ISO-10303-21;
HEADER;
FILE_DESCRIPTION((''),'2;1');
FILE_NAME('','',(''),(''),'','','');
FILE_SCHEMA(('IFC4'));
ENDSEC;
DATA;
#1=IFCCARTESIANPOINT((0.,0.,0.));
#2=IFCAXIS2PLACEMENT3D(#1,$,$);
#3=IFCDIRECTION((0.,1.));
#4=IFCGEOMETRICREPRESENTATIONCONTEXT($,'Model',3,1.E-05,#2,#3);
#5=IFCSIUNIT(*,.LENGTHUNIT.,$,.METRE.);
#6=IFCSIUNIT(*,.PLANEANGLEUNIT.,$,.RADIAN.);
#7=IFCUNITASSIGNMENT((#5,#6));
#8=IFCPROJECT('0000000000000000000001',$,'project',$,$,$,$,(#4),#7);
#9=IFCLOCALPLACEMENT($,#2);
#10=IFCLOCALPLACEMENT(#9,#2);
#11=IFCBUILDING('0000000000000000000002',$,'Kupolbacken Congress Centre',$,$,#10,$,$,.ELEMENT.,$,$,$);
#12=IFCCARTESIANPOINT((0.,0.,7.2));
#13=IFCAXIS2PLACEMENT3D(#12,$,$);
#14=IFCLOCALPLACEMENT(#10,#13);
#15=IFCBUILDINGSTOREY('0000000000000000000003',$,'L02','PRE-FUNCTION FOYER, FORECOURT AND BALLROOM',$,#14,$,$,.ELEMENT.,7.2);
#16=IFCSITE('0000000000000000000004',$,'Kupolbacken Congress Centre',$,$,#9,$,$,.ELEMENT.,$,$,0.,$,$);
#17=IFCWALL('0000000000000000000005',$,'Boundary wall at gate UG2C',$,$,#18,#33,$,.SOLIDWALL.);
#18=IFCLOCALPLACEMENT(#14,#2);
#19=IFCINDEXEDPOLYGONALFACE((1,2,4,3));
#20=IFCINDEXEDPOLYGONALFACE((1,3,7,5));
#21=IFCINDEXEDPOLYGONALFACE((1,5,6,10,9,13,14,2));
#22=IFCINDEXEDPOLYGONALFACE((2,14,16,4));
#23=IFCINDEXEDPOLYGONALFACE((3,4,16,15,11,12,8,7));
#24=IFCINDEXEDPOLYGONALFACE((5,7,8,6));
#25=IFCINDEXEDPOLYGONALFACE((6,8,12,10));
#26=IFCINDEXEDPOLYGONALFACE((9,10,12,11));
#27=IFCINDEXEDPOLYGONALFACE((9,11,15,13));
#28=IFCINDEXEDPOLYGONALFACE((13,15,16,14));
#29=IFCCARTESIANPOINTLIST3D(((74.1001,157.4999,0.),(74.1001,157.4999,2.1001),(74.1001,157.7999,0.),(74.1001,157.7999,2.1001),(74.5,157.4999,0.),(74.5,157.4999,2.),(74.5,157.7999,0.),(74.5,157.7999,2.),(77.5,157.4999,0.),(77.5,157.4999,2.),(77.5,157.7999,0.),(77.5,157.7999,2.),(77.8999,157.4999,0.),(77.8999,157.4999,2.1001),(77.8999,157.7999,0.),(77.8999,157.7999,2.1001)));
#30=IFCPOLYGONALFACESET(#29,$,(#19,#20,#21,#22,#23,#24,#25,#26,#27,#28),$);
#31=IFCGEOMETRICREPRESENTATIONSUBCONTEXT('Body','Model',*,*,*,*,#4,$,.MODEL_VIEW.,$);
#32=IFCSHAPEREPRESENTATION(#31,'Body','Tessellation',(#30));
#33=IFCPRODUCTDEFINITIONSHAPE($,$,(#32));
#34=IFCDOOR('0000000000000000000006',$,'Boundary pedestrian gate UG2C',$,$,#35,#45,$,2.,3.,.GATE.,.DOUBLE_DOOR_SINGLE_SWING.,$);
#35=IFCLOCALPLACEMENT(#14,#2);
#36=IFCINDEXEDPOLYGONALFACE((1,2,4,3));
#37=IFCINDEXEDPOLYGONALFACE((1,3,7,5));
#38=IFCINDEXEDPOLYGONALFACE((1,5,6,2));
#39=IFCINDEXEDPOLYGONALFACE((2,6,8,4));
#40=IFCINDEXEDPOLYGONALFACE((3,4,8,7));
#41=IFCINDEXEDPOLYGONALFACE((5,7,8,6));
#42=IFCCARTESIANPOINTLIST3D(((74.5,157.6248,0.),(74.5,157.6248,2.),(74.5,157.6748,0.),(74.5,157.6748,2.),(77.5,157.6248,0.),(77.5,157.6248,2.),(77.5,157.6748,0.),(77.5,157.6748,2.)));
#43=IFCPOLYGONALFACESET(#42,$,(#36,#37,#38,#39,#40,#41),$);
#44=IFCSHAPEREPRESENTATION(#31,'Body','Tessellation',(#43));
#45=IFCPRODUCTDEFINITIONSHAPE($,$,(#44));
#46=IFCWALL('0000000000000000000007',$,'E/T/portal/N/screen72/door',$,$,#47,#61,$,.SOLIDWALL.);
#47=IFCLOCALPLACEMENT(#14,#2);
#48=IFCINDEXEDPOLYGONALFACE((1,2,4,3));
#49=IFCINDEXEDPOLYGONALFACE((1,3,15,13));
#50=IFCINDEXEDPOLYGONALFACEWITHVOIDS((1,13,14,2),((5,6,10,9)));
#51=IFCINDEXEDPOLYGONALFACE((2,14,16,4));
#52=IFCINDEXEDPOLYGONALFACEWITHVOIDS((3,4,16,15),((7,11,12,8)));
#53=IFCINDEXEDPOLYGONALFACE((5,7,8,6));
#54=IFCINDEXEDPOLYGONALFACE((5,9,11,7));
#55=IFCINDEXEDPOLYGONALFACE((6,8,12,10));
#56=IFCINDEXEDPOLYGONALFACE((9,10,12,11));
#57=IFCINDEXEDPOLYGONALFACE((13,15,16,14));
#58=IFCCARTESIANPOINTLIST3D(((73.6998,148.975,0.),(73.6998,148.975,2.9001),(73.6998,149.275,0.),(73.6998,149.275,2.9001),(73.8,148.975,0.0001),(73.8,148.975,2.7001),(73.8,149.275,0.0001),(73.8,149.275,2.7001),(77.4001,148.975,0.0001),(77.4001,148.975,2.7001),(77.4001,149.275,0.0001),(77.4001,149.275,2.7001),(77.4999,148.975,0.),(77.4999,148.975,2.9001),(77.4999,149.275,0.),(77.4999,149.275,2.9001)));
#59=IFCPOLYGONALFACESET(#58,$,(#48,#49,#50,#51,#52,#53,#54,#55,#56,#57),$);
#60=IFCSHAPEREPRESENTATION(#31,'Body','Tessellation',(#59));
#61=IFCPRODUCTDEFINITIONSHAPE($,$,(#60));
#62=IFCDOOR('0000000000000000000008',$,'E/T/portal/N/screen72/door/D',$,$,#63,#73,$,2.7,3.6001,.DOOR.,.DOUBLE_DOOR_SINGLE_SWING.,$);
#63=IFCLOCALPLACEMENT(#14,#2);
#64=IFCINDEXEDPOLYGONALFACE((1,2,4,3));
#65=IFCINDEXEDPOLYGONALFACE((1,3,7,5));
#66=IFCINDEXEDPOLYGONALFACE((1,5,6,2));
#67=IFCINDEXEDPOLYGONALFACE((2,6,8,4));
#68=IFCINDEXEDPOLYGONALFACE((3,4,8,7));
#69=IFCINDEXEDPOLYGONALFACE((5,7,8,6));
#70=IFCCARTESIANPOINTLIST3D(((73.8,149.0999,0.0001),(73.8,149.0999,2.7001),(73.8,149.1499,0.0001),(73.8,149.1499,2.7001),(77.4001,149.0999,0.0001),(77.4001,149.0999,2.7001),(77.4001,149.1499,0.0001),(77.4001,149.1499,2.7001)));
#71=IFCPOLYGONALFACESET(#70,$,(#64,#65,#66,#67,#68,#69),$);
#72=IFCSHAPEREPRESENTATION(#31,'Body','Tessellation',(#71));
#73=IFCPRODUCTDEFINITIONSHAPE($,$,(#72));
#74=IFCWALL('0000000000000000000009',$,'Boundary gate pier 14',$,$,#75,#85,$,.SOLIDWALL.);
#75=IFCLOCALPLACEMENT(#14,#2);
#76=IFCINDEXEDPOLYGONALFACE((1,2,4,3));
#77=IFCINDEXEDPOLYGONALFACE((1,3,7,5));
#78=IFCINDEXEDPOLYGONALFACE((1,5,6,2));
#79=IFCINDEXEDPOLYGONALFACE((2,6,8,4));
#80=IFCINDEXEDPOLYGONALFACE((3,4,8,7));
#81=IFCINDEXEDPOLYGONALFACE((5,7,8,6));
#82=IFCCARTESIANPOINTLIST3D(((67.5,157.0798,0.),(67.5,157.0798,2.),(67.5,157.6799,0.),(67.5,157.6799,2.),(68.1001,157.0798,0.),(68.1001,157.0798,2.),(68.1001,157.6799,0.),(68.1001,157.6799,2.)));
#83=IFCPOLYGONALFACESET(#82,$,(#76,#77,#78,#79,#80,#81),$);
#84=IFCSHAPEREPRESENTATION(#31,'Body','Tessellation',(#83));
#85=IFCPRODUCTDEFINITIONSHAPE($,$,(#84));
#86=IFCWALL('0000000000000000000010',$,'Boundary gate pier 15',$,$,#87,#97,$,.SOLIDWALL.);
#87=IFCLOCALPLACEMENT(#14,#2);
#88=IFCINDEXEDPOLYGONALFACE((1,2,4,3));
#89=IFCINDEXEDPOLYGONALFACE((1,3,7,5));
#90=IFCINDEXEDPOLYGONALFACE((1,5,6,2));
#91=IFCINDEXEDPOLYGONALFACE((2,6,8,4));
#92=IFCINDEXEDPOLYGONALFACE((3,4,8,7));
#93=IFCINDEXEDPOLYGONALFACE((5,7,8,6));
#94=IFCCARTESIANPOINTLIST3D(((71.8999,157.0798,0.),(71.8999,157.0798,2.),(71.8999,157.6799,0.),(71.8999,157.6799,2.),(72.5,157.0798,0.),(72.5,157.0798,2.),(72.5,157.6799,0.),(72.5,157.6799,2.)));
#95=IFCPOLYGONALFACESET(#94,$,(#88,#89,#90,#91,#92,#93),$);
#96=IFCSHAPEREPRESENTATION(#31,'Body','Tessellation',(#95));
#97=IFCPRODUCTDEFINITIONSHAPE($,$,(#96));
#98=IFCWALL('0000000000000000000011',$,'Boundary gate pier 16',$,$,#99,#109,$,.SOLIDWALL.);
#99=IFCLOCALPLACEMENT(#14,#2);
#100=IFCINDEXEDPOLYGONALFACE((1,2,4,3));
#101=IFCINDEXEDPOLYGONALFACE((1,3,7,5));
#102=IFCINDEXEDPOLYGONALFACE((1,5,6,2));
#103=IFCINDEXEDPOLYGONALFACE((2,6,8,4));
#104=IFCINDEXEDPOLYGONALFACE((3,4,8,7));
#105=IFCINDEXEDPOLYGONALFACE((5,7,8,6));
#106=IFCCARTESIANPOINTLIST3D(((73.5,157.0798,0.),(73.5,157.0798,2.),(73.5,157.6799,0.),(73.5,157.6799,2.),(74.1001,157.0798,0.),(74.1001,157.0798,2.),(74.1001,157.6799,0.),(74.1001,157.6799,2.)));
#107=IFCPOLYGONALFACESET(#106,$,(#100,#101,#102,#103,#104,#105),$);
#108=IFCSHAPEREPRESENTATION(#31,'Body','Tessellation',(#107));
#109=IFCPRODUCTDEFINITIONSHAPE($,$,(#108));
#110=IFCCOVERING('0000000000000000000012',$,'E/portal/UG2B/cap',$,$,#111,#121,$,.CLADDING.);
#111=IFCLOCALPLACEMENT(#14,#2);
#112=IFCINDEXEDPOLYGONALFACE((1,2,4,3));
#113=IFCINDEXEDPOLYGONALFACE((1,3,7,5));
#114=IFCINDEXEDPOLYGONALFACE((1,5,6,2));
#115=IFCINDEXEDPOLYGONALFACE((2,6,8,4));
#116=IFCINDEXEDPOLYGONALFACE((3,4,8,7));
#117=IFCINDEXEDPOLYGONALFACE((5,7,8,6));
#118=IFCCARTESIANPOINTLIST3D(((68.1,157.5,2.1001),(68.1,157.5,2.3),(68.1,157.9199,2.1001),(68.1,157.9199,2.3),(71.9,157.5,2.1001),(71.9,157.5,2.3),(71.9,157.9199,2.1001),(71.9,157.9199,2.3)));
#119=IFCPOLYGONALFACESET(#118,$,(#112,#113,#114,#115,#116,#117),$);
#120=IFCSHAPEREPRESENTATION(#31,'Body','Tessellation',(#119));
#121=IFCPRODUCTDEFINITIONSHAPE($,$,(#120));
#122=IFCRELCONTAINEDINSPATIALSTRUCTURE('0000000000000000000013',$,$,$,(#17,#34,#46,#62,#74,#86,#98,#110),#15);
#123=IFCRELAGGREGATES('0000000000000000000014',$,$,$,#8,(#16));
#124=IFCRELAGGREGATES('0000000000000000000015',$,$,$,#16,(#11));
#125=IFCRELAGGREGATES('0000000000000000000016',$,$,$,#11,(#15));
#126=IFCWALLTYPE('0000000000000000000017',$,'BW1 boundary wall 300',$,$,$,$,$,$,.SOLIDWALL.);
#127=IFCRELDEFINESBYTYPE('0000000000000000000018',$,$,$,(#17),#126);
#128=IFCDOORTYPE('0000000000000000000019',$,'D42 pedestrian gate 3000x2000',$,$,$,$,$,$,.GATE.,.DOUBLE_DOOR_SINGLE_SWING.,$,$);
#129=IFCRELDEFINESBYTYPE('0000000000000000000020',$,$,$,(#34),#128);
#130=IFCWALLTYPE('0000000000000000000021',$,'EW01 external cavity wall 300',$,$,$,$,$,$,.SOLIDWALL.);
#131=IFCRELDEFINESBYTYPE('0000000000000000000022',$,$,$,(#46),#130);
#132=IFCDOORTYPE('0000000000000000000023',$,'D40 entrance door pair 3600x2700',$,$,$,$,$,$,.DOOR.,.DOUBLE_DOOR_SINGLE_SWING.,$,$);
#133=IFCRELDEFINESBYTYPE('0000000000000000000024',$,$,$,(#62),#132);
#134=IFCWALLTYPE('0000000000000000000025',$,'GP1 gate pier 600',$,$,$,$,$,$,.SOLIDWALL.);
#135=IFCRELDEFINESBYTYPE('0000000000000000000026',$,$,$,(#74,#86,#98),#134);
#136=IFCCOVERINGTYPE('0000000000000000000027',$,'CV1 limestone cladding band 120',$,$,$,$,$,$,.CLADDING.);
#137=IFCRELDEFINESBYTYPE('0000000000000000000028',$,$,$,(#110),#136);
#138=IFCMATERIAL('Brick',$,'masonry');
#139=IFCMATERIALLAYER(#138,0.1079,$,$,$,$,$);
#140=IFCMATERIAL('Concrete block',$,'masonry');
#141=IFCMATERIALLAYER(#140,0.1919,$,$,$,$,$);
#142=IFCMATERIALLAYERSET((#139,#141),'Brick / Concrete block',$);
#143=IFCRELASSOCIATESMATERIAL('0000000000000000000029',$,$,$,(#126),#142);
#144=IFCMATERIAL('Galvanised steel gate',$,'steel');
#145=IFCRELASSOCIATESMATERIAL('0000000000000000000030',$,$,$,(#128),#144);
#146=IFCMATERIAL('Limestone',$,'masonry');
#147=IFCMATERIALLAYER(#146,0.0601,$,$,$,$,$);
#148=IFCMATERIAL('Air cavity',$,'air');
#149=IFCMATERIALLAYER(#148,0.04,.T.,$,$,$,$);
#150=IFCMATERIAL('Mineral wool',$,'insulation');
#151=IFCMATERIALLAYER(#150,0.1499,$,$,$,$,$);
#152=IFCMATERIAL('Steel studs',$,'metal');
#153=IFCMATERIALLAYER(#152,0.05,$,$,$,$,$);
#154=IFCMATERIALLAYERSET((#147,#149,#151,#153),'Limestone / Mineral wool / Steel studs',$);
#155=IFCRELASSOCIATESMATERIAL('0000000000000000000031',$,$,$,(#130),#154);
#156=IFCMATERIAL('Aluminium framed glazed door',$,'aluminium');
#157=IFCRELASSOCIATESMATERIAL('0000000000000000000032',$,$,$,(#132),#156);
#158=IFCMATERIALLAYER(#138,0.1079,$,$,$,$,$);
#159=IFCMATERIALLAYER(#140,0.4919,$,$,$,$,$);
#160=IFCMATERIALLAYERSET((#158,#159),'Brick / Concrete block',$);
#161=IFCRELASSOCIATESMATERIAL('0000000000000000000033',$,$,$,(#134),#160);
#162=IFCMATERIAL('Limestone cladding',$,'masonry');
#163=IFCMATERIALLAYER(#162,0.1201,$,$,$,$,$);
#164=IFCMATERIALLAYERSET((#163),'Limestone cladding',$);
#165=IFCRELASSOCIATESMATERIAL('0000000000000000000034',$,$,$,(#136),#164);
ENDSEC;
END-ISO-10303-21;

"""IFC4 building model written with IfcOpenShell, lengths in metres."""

from ifc_helpers import new_model, si_unit, direction, frame, frame_2d, origin, origin_2d, place, context, subcontext, project, spatial, rectangle, extrude, material, layer, layer_set, type_object, element, fill, save


model = new_model("IFC4")

# Units and contexts
model_context = context("Model", 3, precision=1e-05, world=origin(), true_north=direction((0.0, 1.0)))
body_context = subcontext(model_context, "Body", "Model", "MODEL_VIEW")
ifc_project = project(units=[si_unit("LENGTHUNIT", "METRE"), si_unit("PLANEANGLEUNIT", "RADIAN")], contexts=[model_context])

# Site, building, storey
site_placement = place(None, origin())
site = spatial("IfcSite", under=ifc_project, at=site_placement, Name="Kupolbacken Congress Centre", CompositionType="ELEMENT", RefElevation=0.0)
building_placement = place(site_placement, origin())
building = spatial("IfcBuilding", under=site, at=building_placement, Name="Kupolbacken Congress Centre", CompositionType="ELEMENT")
storey_placement = place(building_placement, frame((0.0, 0.0, 7.2)))
storey = spatial("IfcBuildingStorey", under=building, at=storey_placement, Name="L02", Description="PRE-FUNCTION FOYER, FORECOURT AND BALLROOM", CompositionType="ELEMENT", Elevation=7.2)

# Shared definitions
ifc_material_1 = material(Name="Brick", Category="masonry")
ifc_layer_1 = layer(ifc_material_1, 0.1079)
ifc_material_2 = material(Name="Concrete block", Category="masonry")
ifc_layer_2 = layer(ifc_material_2, 0.1919)
ifc_layer_set_1 = layer_set([ifc_layer_1, ifc_layer_2], Name="Brick / Concrete block")
wall_type_1 = type_object("IfcWallType", Name="BW1 boundary wall 300", PredefinedType="SOLIDWALL", material=ifc_layer_set_1)
ifc_material_3 = material(Name="Galvanised steel gate", Category="steel")
door_type_1 = type_object("IfcDoorType", Name="D42 pedestrian gate 3000x2000", OperationType="DOUBLE_DOOR_SINGLE_SWING", PredefinedType="GATE", material=ifc_material_3)

# Walls, openings, doors
wall_1_placement = place(storey_placement, frame((74.1001, 157.6499, 0.0), z_axis=(0.0, 0.0, 1.0), x_axis=(1.0, 0.0, 0.0)))
wall_1 = element("IfcWall", 1, at=wall_1_placement, inside=storey, type_object=wall_type_1, Name="Boundary wall at gate UG2C", PredefinedType="SOLIDWALL", context=body_context, shape_type="SweptSolid", body=[
    extrude(rectangle(XDim=3.7998, YDim=0.3, at=frame_2d((1.8999, 0.0))), origin(), (0.0, 0.0, 1.0), 2.1001),
])
opening_1_placement = place(wall_1_placement, frame((0.3999, 0.0, 0.0)))
opening_1 = element("IfcOpeningElement", 2, at=opening_1_placement, cuts=wall_1, PredefinedType="OPENING", context=body_context, shape_type="SweptSolid", body=[
    extrude(rectangle(XDim=3.0, YDim=2.0, at=frame_2d((1.5, 1.0))), frame((0.0, 0.1599, 0.0), z_axis=(0.0, -1.0, 0.0), x_axis=(1.0, 0.0, 0.0)), (0.0, 0.0, 1.0), 0.3201),
])
door_1_placement = place(opening_1_placement, origin())
door_1 = element("IfcDoor", 3, at=door_1_placement, inside=storey, type_object=door_type_1, Name="Boundary pedestrian gate UG2C", OperationType="DOUBLE_DOOR_SINGLE_SWING", OverallHeight=2.0, OverallWidth=3.0, PredefinedType="GATE", context=body_context, shape_type="SweptSolid", body=[
    extrude(rectangle(XDim=3.0, YDim=2.0, at=frame_2d((1.5, 1.0))), frame((0.0, 0.0249, 0.0), z_axis=(0.0, -1.0, 0.0), x_axis=(1.0, 0.0, 0.0)), (0.0, 0.0, 1.0), 0.05),
])
fill(opening_1, door_1)
ifc_material_4 = material(Name="Limestone", Category="masonry")
ifc_layer_3 = layer(ifc_material_4, 0.0601)
ifc_material_5 = material(Name="Air cavity", Category="air")
ifc_layer_4 = layer(ifc_material_5, 0.04, ventilated=True)
ifc_material_6 = material(Name="Mineral wool", Category="insulation")
ifc_layer_5 = layer(ifc_material_6, 0.1499)
ifc_material_7 = material(Name="Steel studs", Category="metal")
ifc_layer_6 = layer(ifc_material_7, 0.05)
ifc_layer_set_2 = layer_set([ifc_layer_3, ifc_layer_4, ifc_layer_5, ifc_layer_6], Name="Limestone / Mineral wool / Steel studs")
wall_type_2 = type_object("IfcWallType", Name="EW01 external cavity wall 300", PredefinedType="SOLIDWALL", material=ifc_layer_set_2)
wall_2_placement = place(storey_placement, frame((73.7, 149.125, 0.0), z_axis=(0.0, 0.0, 1.0), x_axis=(1.0, 0.0, 0.0)))
wall_2 = element("IfcWall", 4, at=wall_2_placement, inside=storey, type_object=wall_type_2, Name="E/T/portal/N/screen72/door", PredefinedType="SOLIDWALL", context=body_context, shape_type="SweptSolid", body=[
    extrude(rectangle(XDim=3.8, YDim=0.3, at=frame_2d((1.8999, 0.0))), origin(), (0.0, 0.0, 1.0), 2.9001),
])
opening_2_placement = place(wall_2_placement, frame((0.1001, 0.0, 0.0)))
opening_2 = element("IfcOpeningElement", 5, at=opening_2_placement, cuts=wall_2, PredefinedType="OPENING", context=body_context, shape_type="SweptSolid", body=[
    extrude(rectangle(XDim=3.6001, YDim=2.7, at=frame_2d((1.8, 1.3501))), frame((0.0, 0.1599, 0.0), z_axis=(0.0, -1.0, 0.0), x_axis=(1.0, 0.0, 0.0)), (0.0, 0.0, 1.0), 0.3201),
])
ifc_material_8 = material(Name="Aluminium framed glazed door", Category="aluminium")
door_type_2 = type_object("IfcDoorType", Name="D40 entrance door pair 3600x2700", OperationType="DOUBLE_DOOR_SINGLE_SWING", PredefinedType="DOOR", material=ifc_material_8)
door_2_placement = place(opening_2_placement, origin())
door_2 = element("IfcDoor", 6, at=door_2_placement, inside=storey, type_object=door_type_2, Name="E/T/portal/N/screen72/door/D", OperationType="DOUBLE_DOOR_SINGLE_SWING", OverallHeight=2.7, OverallWidth=3.6001, PredefinedType="DOOR", context=body_context, shape_type="SweptSolid", body=[
    extrude(rectangle(XDim=3.6001, YDim=2.7, at=frame_2d((1.8, 1.3501))), frame((0.0, 0.0249, 0.0), z_axis=(0.0, -1.0, 0.0), x_axis=(1.0, 0.0, 0.0)), (0.0, 0.0, 1.0), 0.05),
])
fill(opening_2, door_2)

# Walls
ifc_layer_7 = layer(ifc_material_1, 0.1079)
ifc_layer_8 = layer(ifc_material_2, 0.4919)
ifc_layer_set_3 = layer_set([ifc_layer_7, ifc_layer_8], Name="Brick / Concrete block")
wall_type_3 = type_object("IfcWallType", Name="GP1 gate pier 600", PredefinedType="SOLIDWALL", material=ifc_layer_set_3)
for number, where, z_axis, x_axis, name in (
    (7, (68.1001, 157.3799, 0.0), (0.0, 0.0, 1.0), (-1.0, 0.0, 0.0), "Boundary gate pier 14"),
    (8, (71.8999, 157.3799, 0.0), (0.0, 0.0, 1.0), (1.0, 0.0, 0.0), "Boundary gate pier 15"),
    (9, (74.1001, 157.3799, 0.0), (0.0, 0.0, 1.0), (-1.0, 0.0, 0.0), "Boundary gate pier 16"),
):
    element("IfcWall", number, at=place(storey_placement, frame(where, z_axis=z_axis, x_axis=x_axis)), inside=storey, type_object=wall_type_3, Name=name, PredefinedType="SOLIDWALL", context=body_context, shape_type="SweptSolid", body=[
        extrude(rectangle(XDim=0.6001, YDim=0.6001, at=frame_2d((0.3, 0.0))), origin(), (0.0, 0.0, 1.0), 2.0),
    ])

# Covering
ifc_material_9 = material(Name="Limestone cladding", Category="masonry")
ifc_layer_9 = layer(ifc_material_9, 0.1201)
ifc_layer_set_4 = layer_set([ifc_layer_9], Name="Limestone cladding")
covering_type_1 = type_object("IfcCoveringType", Name="CV1 limestone cladding band 120", PredefinedType="CLADDING", material=ifc_layer_set_4)
covering_1_placement = place(storey_placement, frame((70.0, 157.71, 2.1001), z_axis=(0.0, 0.0, 1.0), x_axis=(1.0, 0.0, 0.0)))
element("IfcCovering", 10, at=covering_1_placement, inside=storey, type_object=covering_type_1, Name="E/portal/UG2B/cap", PredefinedType="CLADDING", context=body_context, shape_type="SweptSolid", body=[
    extrude(rectangle(XDim=3.8, YDim=0.4199, at=origin_2d()), origin(), (0.0, 0.0, 1.0), 0.2),
])

save(model, "model.ifc")
